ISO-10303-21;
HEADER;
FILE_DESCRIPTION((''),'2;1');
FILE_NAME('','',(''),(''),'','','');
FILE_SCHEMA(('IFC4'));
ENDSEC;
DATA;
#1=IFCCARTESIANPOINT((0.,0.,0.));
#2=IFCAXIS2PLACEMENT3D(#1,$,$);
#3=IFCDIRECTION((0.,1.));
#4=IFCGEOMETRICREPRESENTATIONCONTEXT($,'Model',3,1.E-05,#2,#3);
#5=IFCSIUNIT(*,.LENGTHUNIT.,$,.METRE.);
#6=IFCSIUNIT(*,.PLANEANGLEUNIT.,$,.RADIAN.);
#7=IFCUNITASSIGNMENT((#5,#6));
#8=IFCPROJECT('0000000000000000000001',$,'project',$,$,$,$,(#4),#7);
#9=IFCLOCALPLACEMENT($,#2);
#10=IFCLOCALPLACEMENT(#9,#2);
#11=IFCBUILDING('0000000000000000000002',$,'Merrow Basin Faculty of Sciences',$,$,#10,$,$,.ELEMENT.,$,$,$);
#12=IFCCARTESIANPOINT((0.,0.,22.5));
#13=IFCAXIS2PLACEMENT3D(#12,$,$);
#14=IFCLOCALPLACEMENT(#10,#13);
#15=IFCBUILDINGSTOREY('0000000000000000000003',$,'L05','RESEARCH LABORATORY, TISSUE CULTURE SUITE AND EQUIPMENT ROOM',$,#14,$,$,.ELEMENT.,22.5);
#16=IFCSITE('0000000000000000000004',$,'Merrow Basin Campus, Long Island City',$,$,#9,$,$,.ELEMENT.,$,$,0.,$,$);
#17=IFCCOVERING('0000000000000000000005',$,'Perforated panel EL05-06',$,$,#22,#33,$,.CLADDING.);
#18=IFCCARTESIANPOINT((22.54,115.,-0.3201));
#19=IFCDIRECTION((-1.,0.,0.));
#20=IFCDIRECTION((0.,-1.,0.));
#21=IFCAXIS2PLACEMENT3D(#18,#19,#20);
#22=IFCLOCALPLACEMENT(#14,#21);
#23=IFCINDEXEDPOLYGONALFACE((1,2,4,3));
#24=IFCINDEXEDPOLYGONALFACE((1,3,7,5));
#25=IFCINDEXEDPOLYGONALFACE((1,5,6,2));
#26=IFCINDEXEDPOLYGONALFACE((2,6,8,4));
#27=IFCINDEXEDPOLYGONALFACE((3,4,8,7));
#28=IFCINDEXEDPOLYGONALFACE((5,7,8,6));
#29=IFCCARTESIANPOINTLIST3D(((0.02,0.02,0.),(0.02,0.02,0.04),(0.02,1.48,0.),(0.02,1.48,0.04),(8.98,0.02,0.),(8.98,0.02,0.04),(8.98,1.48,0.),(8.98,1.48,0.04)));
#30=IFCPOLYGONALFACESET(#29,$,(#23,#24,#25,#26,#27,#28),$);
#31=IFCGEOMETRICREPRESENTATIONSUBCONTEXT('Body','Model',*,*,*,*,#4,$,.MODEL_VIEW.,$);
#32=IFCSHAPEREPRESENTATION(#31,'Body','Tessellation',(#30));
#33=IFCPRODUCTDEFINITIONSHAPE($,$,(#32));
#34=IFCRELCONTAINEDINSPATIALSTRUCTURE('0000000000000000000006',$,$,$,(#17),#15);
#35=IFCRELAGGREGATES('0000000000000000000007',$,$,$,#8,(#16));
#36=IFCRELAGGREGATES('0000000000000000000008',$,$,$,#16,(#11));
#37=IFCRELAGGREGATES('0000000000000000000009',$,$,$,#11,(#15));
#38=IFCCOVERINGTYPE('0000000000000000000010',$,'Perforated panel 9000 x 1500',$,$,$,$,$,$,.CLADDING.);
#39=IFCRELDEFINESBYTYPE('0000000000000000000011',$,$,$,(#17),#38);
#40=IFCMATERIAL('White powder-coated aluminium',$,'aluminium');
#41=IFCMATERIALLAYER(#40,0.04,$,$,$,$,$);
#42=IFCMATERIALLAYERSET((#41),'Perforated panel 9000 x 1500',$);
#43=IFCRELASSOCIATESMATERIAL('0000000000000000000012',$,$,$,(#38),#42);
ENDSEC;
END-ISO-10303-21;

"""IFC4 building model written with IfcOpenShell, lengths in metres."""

from ifc_helpers import new_model, si_unit, direction, frame, origin, place, context, subcontext, project, spatial, polyline, outline, extrude, source, transform, mapped, material, layer, layer_set, type_object, element, save


model = new_model("IFC4")

# Units and contexts
model_context = context("Model", 3, precision=1e-05, world=origin(), true_north=direction((0.0, 1.0)))
body_context = subcontext(model_context, "Body", "Model", "MODEL_VIEW")
ifc_project = project(units=[si_unit("LENGTHUNIT", "METRE"), si_unit("PLANEANGLEUNIT", "RADIAN")], contexts=[model_context])

# Site, building, storey
site_placement = place(None, origin())
site = spatial("IfcSite", under=ifc_project, at=site_placement, Name="Merrow Basin Campus, Long Island City", CompositionType="ELEMENT", RefElevation=0.0)
building_placement = place(site_placement, origin())
building = spatial("IfcBuilding", under=site, at=building_placement, Name="Merrow Basin Faculty of Sciences", CompositionType="ELEMENT")
storey_placement = place(building_placement, frame((0.0, 0.0, 22.5)))
storey = spatial("IfcBuildingStorey", under=building, at=storey_placement, Name="L05", Description="RESEARCH LABORATORY, TISSUE CULTURE SUITE AND EQUIPMENT ROOM", CompositionType="ELEMENT", Elevation=22.5)

# Covering
ifc_material_1 = material(Name="White powder-coated aluminium", Category="aluminium")
ifc_layer_1 = layer(ifc_material_1, 0.04)
ifc_layer_set_1 = layer_set([ifc_layer_1], Name="Perforated panel 9000 x 1500")
covering_type = type_object("IfcCoveringType", Name="Perforated panel 9000 x 1500", PredefinedType="CLADDING", material=ifc_layer_set_1)
shared_shape_1 = source(origin(), body_context, "Body", "SweptSolid", [
    extrude(outline(polyline([(0.02, 0.02), (8.98, 0.02), (8.98, 1.48), (0.02, 1.48), (0.02, 0.02)])), origin(), (0.0, 0.0, 1.0), 0.04),
])
covering_placement = place(storey_placement, frame((22.54, 115.0, -0.3201), z_axis=(-1.0, 0.0, 0.0), x_axis=(0.0, -1.0, 0.0)))
element("IfcCovering", 1, at=covering_placement, inside=storey, type_object=covering_type, Name="Perforated panel EL05-06", PredefinedType="CLADDING", context=body_context, shape_type="MappedRepresentation", body=[
    mapped(shared_shape_1, transform((0.0, 0.0, 0.0), scale=1.0)),
])

save(model, "model.ifc")
